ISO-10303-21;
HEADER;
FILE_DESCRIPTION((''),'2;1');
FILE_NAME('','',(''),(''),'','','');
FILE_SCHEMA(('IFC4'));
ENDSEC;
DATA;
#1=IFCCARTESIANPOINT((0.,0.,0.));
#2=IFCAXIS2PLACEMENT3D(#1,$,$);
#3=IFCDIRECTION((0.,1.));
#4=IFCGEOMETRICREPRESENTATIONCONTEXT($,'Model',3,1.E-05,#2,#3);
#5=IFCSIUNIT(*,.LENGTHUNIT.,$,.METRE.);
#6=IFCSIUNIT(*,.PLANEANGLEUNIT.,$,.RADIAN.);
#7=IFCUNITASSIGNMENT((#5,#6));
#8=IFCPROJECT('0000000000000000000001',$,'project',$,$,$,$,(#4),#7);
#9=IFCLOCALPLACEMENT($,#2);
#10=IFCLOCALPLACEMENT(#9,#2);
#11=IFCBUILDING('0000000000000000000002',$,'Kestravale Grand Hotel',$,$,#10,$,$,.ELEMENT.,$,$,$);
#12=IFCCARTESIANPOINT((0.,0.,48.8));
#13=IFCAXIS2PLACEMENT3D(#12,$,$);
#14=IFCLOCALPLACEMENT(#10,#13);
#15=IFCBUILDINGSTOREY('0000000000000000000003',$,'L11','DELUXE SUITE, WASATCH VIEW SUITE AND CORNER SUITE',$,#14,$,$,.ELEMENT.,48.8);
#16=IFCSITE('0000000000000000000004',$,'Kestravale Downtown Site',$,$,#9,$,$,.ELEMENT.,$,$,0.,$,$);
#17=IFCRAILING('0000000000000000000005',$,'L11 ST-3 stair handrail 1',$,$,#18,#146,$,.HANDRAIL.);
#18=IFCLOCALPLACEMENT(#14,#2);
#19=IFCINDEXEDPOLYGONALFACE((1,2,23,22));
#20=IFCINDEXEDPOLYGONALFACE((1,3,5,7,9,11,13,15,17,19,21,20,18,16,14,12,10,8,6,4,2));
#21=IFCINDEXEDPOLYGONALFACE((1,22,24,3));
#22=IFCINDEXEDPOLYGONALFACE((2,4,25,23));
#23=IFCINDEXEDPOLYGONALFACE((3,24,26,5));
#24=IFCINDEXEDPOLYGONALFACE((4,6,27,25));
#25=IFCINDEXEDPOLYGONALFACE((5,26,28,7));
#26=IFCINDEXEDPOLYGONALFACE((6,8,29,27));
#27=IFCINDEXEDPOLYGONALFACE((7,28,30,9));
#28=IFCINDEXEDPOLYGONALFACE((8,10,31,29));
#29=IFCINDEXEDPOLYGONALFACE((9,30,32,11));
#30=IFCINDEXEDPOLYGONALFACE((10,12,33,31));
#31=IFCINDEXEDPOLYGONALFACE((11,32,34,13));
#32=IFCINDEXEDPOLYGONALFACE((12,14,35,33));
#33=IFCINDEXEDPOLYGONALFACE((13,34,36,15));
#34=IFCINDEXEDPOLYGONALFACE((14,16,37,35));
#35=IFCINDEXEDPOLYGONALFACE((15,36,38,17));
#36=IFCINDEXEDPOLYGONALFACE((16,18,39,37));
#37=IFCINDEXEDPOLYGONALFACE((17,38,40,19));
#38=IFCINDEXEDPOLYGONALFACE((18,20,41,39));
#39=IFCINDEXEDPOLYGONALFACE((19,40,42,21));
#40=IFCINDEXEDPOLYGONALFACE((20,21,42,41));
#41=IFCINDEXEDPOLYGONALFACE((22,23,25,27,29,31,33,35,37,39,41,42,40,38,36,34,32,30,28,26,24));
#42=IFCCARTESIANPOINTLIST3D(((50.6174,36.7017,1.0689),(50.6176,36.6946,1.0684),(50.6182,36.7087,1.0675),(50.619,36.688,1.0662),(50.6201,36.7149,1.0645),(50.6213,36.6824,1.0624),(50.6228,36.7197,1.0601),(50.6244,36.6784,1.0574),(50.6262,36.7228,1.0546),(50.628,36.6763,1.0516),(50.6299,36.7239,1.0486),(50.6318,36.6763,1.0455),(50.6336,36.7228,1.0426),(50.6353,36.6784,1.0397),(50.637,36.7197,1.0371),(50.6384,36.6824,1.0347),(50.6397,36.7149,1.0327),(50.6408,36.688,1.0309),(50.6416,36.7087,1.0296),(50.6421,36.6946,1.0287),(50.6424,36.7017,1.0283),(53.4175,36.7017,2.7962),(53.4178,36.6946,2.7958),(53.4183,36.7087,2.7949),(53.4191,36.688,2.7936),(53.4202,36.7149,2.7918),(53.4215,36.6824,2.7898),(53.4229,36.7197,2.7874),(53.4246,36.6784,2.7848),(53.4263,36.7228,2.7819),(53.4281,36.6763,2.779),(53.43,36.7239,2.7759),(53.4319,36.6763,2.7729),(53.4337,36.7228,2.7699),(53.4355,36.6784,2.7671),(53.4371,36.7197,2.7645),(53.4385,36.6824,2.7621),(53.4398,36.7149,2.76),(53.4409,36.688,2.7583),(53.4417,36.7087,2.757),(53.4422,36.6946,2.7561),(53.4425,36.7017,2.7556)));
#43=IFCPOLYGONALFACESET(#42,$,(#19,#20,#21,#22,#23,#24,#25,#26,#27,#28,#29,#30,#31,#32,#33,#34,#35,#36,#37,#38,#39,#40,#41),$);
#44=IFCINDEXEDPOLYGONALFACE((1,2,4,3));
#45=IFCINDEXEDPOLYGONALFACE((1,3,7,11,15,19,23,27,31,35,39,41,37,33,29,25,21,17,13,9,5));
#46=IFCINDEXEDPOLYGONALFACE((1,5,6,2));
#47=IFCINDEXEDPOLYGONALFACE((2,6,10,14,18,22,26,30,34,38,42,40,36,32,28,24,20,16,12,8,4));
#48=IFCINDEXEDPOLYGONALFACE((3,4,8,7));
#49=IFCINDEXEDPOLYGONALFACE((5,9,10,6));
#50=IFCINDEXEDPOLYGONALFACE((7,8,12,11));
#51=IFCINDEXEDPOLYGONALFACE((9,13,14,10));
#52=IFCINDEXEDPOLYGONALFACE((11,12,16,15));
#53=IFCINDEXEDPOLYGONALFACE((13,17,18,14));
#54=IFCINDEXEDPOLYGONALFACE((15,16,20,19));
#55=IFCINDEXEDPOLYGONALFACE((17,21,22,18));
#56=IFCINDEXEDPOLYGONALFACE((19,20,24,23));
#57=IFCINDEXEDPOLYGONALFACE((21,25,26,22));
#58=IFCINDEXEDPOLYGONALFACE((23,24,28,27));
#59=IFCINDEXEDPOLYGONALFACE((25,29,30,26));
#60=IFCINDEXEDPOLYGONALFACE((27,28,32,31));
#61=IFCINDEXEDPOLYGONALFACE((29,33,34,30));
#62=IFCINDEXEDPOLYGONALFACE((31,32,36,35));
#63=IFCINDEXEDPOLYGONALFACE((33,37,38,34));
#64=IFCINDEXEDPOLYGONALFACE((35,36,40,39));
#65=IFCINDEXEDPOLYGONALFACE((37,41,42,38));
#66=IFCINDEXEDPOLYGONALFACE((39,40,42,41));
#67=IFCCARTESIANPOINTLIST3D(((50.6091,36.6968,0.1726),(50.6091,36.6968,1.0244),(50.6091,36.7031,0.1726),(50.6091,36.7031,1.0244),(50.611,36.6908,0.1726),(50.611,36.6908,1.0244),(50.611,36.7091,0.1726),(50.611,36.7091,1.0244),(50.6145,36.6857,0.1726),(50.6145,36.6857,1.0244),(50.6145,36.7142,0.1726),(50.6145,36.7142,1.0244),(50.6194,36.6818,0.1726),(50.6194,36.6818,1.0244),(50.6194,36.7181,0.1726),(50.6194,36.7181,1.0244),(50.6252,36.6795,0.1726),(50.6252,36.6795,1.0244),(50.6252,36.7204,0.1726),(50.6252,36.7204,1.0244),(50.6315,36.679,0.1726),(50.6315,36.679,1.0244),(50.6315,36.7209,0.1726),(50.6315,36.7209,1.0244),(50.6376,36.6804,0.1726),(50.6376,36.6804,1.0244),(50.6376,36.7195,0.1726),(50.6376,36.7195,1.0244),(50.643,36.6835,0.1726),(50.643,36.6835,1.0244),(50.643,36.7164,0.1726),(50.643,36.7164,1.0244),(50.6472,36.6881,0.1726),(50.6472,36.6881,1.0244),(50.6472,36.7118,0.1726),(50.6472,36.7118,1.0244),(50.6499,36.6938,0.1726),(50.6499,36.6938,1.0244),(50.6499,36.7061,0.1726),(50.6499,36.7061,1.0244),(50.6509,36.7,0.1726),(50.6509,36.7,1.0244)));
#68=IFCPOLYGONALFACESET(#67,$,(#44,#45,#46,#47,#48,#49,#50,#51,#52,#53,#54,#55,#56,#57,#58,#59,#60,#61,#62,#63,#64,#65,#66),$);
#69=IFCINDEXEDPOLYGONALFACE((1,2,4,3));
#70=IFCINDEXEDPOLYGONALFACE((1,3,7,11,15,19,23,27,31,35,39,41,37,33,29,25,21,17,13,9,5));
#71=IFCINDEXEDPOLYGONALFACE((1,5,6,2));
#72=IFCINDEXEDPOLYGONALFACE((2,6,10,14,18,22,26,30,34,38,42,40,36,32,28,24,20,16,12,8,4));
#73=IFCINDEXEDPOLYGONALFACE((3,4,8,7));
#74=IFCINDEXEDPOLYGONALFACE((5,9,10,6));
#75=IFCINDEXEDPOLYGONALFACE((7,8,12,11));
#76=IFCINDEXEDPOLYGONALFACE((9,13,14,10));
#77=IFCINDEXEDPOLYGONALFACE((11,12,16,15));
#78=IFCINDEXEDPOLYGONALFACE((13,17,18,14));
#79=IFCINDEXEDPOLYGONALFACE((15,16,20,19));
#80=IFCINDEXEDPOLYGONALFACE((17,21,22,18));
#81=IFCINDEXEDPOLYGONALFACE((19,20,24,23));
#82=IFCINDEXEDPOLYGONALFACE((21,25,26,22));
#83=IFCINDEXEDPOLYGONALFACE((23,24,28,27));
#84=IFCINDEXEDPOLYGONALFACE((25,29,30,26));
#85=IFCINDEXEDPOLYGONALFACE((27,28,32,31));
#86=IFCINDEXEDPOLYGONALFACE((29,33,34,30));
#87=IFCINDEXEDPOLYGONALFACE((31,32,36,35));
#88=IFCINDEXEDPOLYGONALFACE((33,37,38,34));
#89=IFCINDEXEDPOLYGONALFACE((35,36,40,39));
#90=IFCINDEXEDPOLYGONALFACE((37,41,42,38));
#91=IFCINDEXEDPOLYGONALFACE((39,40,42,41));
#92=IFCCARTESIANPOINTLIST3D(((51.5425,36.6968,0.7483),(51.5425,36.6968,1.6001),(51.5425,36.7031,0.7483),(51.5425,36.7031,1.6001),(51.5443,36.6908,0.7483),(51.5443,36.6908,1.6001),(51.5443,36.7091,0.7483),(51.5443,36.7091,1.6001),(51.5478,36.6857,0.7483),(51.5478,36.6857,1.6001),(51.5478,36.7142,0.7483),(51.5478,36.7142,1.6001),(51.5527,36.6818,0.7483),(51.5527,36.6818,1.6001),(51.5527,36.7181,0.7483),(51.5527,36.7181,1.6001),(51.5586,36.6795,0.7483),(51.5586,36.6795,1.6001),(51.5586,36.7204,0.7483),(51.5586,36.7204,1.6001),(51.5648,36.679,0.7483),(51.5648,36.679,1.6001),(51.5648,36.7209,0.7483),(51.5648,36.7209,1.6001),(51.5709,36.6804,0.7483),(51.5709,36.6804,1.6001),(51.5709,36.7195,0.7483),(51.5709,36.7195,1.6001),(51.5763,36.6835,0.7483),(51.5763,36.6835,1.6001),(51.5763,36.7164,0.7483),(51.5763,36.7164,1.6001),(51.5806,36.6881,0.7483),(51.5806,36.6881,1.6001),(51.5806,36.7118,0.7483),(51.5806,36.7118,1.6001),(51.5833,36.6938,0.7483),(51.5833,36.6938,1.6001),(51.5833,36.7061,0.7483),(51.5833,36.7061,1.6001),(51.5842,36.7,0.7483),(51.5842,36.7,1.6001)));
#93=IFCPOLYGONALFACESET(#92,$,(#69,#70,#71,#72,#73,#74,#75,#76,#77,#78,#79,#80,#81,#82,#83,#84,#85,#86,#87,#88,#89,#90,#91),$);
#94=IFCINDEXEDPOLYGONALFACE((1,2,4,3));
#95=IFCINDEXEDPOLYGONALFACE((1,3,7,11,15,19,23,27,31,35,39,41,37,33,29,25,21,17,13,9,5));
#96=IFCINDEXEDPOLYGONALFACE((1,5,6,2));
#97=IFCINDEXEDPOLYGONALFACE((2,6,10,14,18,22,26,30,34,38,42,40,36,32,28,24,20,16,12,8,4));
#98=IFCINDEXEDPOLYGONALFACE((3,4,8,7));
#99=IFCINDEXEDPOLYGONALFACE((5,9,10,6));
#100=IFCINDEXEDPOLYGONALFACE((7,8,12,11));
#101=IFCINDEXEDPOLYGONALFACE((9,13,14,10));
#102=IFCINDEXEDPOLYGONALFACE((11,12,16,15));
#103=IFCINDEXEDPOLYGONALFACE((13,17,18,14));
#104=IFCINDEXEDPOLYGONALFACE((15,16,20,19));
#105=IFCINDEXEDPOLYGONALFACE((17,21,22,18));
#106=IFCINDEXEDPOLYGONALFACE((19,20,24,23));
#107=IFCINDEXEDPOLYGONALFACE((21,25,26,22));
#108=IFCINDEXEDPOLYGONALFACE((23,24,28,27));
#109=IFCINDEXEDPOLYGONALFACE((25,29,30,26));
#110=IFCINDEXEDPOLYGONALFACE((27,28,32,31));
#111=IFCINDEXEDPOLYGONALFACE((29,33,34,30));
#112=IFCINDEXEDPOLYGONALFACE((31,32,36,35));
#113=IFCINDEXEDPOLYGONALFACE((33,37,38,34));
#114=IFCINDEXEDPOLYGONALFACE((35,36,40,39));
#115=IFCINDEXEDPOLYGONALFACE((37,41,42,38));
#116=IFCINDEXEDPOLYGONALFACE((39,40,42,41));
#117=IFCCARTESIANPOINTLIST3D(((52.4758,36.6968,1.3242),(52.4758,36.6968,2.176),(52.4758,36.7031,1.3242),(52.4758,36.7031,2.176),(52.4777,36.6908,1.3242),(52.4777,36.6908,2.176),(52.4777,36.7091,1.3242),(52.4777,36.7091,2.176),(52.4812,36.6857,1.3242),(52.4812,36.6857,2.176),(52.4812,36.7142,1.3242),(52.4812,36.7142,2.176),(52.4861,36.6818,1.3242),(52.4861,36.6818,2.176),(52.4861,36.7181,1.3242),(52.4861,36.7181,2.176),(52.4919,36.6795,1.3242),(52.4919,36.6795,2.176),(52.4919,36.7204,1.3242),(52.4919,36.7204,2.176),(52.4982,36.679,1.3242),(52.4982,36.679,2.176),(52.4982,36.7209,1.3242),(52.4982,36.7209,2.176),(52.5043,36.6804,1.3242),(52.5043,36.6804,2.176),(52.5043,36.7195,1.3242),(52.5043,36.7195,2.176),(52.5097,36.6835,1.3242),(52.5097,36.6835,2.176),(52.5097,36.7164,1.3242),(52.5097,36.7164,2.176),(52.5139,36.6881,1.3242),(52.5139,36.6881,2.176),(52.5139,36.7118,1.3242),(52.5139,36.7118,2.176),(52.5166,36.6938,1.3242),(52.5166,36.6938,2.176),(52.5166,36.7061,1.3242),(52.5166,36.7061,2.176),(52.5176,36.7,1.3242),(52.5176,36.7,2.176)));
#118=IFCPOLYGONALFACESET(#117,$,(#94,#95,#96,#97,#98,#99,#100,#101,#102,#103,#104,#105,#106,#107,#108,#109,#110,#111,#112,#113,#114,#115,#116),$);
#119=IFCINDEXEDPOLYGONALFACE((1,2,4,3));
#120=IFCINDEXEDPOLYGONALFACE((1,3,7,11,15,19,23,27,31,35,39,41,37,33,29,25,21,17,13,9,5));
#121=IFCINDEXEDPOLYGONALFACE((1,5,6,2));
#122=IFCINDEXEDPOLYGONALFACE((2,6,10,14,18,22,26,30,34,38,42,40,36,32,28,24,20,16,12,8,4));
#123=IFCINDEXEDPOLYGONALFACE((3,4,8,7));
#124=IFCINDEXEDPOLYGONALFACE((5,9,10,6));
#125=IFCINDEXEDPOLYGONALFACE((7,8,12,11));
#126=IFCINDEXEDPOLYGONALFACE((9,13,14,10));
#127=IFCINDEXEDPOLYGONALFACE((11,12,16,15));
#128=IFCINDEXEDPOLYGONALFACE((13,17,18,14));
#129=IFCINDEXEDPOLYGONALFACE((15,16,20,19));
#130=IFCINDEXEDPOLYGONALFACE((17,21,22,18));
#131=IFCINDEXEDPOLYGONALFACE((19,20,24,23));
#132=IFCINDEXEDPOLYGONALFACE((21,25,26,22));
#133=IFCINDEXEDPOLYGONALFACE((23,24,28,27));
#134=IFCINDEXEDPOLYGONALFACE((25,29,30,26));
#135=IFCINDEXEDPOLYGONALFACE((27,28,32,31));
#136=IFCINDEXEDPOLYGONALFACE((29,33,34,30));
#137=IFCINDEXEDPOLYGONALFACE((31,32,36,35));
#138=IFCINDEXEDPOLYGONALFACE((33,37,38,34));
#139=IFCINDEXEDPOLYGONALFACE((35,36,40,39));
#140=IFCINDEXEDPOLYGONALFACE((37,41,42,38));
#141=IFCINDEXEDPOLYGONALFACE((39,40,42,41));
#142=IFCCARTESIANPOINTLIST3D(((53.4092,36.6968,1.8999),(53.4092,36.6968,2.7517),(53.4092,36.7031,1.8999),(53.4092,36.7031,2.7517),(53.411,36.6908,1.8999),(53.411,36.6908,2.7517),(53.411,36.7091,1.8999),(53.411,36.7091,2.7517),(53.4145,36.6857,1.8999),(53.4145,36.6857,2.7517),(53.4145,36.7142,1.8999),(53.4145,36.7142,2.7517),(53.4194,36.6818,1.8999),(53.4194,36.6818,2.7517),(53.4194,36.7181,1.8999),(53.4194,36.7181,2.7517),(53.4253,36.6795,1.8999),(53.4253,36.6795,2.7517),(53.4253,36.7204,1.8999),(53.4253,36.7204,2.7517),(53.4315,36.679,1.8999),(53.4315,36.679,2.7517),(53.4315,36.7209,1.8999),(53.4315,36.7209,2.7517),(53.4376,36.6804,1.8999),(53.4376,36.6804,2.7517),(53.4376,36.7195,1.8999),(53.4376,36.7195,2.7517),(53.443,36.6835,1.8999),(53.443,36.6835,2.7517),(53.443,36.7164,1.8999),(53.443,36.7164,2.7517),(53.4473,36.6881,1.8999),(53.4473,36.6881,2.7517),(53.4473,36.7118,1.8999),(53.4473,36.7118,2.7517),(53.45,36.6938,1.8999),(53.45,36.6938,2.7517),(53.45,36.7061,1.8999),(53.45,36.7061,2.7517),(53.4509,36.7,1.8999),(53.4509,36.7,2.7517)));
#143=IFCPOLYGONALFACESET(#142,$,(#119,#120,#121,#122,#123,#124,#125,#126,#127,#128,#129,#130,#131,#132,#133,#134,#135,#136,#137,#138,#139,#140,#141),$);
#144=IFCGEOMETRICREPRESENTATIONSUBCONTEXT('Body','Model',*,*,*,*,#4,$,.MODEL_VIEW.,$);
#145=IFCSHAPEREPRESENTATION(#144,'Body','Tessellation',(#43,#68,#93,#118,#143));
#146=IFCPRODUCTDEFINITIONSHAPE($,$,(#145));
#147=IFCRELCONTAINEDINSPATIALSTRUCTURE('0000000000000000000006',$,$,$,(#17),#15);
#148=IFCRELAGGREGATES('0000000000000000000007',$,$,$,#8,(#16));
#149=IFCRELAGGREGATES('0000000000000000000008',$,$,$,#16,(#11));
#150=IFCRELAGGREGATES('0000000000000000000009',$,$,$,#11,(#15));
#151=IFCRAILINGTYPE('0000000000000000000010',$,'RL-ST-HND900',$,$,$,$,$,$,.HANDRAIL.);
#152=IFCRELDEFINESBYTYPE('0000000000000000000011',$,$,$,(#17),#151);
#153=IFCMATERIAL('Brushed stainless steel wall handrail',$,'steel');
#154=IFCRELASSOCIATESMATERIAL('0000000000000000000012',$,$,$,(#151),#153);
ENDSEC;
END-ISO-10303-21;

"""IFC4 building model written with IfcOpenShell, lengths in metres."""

from ifc_helpers import new_model, si_unit, direction, frame, origin, origin_2d, place, context, subcontext, project, spatial, circle, extrude, material, type_object, element, save


model = new_model("IFC4")

# Units and contexts
model_context = context("Model", 3, precision=1e-05, world=origin(), true_north=direction((0.0, 1.0)))
body_context = subcontext(model_context, "Body", "Model", "MODEL_VIEW")
ifc_project = project(units=[si_unit("LENGTHUNIT", "METRE"), si_unit("PLANEANGLEUNIT", "RADIAN")], contexts=[model_context])

# Site, building, storey
site_placement = place(None, origin())
site = spatial("IfcSite", under=ifc_project, at=site_placement, Name="Kestravale Downtown Site", CompositionType="ELEMENT", RefElevation=0.0)
building_placement = place(site_placement, origin())
building = spatial("IfcBuilding", under=site, at=building_placement, Name="Kestravale Grand Hotel", CompositionType="ELEMENT")
storey_placement = place(building_placement, frame((0.0, 0.0, 48.8)))
storey = spatial("IfcBuildingStorey", under=building, at=storey_placement, Name="L11", Description="DELUXE SUITE, WASATCH VIEW SUITE AND CORNER SUITE", CompositionType="ELEMENT", Elevation=48.8)

# Railing
ifc_material_1 = material(Name="Brushed stainless steel wall handrail", Category="steel")
railing_type_1 = type_object("IfcRailingType", Name="RL-ST-HND900", PredefinedType="HANDRAIL", material=ifc_material_1)
railing_1_placement = place(storey_placement, frame((50.6299, 36.7, 0.1726)))
element("IfcRailing", 1, at=railing_1_placement, inside=storey, type_object=railing_type_1, Name="L11 ST-3 stair handrail 1", PredefinedType="HANDRAIL", context=body_context, shape_type="SweptSolid", body=[
    extrude(circle(Radius=0.0239, at=origin_2d()), frame((0.0, 0.0, 0.876), z_axis=(0.85109, 0.0, 0.52502), x_axis=(0.0, 1.0, 0.0)), (0.0, 0.0, 1.0), 3.29),
    extrude(circle(Radius=0.021, at=origin_2d()), origin(), (0.0, 0.0, 1.0), 0.8518),
    extrude(circle(Radius=0.021, at=origin_2d()), frame((0.9333, 0.0, 0.5757)), (0.0, 0.0, 1.0), 0.8518),
    extrude(circle(Radius=0.021, at=origin_2d()), frame((1.8667, 0.0, 1.1516)), (0.0, 0.0, 1.0), 0.8518),
    extrude(circle(Radius=0.021, at=origin_2d()), frame((2.8, 0.0, 1.7273)), (0.0, 0.0, 1.0), 0.8518),
])

save(model, "model.ifc")
